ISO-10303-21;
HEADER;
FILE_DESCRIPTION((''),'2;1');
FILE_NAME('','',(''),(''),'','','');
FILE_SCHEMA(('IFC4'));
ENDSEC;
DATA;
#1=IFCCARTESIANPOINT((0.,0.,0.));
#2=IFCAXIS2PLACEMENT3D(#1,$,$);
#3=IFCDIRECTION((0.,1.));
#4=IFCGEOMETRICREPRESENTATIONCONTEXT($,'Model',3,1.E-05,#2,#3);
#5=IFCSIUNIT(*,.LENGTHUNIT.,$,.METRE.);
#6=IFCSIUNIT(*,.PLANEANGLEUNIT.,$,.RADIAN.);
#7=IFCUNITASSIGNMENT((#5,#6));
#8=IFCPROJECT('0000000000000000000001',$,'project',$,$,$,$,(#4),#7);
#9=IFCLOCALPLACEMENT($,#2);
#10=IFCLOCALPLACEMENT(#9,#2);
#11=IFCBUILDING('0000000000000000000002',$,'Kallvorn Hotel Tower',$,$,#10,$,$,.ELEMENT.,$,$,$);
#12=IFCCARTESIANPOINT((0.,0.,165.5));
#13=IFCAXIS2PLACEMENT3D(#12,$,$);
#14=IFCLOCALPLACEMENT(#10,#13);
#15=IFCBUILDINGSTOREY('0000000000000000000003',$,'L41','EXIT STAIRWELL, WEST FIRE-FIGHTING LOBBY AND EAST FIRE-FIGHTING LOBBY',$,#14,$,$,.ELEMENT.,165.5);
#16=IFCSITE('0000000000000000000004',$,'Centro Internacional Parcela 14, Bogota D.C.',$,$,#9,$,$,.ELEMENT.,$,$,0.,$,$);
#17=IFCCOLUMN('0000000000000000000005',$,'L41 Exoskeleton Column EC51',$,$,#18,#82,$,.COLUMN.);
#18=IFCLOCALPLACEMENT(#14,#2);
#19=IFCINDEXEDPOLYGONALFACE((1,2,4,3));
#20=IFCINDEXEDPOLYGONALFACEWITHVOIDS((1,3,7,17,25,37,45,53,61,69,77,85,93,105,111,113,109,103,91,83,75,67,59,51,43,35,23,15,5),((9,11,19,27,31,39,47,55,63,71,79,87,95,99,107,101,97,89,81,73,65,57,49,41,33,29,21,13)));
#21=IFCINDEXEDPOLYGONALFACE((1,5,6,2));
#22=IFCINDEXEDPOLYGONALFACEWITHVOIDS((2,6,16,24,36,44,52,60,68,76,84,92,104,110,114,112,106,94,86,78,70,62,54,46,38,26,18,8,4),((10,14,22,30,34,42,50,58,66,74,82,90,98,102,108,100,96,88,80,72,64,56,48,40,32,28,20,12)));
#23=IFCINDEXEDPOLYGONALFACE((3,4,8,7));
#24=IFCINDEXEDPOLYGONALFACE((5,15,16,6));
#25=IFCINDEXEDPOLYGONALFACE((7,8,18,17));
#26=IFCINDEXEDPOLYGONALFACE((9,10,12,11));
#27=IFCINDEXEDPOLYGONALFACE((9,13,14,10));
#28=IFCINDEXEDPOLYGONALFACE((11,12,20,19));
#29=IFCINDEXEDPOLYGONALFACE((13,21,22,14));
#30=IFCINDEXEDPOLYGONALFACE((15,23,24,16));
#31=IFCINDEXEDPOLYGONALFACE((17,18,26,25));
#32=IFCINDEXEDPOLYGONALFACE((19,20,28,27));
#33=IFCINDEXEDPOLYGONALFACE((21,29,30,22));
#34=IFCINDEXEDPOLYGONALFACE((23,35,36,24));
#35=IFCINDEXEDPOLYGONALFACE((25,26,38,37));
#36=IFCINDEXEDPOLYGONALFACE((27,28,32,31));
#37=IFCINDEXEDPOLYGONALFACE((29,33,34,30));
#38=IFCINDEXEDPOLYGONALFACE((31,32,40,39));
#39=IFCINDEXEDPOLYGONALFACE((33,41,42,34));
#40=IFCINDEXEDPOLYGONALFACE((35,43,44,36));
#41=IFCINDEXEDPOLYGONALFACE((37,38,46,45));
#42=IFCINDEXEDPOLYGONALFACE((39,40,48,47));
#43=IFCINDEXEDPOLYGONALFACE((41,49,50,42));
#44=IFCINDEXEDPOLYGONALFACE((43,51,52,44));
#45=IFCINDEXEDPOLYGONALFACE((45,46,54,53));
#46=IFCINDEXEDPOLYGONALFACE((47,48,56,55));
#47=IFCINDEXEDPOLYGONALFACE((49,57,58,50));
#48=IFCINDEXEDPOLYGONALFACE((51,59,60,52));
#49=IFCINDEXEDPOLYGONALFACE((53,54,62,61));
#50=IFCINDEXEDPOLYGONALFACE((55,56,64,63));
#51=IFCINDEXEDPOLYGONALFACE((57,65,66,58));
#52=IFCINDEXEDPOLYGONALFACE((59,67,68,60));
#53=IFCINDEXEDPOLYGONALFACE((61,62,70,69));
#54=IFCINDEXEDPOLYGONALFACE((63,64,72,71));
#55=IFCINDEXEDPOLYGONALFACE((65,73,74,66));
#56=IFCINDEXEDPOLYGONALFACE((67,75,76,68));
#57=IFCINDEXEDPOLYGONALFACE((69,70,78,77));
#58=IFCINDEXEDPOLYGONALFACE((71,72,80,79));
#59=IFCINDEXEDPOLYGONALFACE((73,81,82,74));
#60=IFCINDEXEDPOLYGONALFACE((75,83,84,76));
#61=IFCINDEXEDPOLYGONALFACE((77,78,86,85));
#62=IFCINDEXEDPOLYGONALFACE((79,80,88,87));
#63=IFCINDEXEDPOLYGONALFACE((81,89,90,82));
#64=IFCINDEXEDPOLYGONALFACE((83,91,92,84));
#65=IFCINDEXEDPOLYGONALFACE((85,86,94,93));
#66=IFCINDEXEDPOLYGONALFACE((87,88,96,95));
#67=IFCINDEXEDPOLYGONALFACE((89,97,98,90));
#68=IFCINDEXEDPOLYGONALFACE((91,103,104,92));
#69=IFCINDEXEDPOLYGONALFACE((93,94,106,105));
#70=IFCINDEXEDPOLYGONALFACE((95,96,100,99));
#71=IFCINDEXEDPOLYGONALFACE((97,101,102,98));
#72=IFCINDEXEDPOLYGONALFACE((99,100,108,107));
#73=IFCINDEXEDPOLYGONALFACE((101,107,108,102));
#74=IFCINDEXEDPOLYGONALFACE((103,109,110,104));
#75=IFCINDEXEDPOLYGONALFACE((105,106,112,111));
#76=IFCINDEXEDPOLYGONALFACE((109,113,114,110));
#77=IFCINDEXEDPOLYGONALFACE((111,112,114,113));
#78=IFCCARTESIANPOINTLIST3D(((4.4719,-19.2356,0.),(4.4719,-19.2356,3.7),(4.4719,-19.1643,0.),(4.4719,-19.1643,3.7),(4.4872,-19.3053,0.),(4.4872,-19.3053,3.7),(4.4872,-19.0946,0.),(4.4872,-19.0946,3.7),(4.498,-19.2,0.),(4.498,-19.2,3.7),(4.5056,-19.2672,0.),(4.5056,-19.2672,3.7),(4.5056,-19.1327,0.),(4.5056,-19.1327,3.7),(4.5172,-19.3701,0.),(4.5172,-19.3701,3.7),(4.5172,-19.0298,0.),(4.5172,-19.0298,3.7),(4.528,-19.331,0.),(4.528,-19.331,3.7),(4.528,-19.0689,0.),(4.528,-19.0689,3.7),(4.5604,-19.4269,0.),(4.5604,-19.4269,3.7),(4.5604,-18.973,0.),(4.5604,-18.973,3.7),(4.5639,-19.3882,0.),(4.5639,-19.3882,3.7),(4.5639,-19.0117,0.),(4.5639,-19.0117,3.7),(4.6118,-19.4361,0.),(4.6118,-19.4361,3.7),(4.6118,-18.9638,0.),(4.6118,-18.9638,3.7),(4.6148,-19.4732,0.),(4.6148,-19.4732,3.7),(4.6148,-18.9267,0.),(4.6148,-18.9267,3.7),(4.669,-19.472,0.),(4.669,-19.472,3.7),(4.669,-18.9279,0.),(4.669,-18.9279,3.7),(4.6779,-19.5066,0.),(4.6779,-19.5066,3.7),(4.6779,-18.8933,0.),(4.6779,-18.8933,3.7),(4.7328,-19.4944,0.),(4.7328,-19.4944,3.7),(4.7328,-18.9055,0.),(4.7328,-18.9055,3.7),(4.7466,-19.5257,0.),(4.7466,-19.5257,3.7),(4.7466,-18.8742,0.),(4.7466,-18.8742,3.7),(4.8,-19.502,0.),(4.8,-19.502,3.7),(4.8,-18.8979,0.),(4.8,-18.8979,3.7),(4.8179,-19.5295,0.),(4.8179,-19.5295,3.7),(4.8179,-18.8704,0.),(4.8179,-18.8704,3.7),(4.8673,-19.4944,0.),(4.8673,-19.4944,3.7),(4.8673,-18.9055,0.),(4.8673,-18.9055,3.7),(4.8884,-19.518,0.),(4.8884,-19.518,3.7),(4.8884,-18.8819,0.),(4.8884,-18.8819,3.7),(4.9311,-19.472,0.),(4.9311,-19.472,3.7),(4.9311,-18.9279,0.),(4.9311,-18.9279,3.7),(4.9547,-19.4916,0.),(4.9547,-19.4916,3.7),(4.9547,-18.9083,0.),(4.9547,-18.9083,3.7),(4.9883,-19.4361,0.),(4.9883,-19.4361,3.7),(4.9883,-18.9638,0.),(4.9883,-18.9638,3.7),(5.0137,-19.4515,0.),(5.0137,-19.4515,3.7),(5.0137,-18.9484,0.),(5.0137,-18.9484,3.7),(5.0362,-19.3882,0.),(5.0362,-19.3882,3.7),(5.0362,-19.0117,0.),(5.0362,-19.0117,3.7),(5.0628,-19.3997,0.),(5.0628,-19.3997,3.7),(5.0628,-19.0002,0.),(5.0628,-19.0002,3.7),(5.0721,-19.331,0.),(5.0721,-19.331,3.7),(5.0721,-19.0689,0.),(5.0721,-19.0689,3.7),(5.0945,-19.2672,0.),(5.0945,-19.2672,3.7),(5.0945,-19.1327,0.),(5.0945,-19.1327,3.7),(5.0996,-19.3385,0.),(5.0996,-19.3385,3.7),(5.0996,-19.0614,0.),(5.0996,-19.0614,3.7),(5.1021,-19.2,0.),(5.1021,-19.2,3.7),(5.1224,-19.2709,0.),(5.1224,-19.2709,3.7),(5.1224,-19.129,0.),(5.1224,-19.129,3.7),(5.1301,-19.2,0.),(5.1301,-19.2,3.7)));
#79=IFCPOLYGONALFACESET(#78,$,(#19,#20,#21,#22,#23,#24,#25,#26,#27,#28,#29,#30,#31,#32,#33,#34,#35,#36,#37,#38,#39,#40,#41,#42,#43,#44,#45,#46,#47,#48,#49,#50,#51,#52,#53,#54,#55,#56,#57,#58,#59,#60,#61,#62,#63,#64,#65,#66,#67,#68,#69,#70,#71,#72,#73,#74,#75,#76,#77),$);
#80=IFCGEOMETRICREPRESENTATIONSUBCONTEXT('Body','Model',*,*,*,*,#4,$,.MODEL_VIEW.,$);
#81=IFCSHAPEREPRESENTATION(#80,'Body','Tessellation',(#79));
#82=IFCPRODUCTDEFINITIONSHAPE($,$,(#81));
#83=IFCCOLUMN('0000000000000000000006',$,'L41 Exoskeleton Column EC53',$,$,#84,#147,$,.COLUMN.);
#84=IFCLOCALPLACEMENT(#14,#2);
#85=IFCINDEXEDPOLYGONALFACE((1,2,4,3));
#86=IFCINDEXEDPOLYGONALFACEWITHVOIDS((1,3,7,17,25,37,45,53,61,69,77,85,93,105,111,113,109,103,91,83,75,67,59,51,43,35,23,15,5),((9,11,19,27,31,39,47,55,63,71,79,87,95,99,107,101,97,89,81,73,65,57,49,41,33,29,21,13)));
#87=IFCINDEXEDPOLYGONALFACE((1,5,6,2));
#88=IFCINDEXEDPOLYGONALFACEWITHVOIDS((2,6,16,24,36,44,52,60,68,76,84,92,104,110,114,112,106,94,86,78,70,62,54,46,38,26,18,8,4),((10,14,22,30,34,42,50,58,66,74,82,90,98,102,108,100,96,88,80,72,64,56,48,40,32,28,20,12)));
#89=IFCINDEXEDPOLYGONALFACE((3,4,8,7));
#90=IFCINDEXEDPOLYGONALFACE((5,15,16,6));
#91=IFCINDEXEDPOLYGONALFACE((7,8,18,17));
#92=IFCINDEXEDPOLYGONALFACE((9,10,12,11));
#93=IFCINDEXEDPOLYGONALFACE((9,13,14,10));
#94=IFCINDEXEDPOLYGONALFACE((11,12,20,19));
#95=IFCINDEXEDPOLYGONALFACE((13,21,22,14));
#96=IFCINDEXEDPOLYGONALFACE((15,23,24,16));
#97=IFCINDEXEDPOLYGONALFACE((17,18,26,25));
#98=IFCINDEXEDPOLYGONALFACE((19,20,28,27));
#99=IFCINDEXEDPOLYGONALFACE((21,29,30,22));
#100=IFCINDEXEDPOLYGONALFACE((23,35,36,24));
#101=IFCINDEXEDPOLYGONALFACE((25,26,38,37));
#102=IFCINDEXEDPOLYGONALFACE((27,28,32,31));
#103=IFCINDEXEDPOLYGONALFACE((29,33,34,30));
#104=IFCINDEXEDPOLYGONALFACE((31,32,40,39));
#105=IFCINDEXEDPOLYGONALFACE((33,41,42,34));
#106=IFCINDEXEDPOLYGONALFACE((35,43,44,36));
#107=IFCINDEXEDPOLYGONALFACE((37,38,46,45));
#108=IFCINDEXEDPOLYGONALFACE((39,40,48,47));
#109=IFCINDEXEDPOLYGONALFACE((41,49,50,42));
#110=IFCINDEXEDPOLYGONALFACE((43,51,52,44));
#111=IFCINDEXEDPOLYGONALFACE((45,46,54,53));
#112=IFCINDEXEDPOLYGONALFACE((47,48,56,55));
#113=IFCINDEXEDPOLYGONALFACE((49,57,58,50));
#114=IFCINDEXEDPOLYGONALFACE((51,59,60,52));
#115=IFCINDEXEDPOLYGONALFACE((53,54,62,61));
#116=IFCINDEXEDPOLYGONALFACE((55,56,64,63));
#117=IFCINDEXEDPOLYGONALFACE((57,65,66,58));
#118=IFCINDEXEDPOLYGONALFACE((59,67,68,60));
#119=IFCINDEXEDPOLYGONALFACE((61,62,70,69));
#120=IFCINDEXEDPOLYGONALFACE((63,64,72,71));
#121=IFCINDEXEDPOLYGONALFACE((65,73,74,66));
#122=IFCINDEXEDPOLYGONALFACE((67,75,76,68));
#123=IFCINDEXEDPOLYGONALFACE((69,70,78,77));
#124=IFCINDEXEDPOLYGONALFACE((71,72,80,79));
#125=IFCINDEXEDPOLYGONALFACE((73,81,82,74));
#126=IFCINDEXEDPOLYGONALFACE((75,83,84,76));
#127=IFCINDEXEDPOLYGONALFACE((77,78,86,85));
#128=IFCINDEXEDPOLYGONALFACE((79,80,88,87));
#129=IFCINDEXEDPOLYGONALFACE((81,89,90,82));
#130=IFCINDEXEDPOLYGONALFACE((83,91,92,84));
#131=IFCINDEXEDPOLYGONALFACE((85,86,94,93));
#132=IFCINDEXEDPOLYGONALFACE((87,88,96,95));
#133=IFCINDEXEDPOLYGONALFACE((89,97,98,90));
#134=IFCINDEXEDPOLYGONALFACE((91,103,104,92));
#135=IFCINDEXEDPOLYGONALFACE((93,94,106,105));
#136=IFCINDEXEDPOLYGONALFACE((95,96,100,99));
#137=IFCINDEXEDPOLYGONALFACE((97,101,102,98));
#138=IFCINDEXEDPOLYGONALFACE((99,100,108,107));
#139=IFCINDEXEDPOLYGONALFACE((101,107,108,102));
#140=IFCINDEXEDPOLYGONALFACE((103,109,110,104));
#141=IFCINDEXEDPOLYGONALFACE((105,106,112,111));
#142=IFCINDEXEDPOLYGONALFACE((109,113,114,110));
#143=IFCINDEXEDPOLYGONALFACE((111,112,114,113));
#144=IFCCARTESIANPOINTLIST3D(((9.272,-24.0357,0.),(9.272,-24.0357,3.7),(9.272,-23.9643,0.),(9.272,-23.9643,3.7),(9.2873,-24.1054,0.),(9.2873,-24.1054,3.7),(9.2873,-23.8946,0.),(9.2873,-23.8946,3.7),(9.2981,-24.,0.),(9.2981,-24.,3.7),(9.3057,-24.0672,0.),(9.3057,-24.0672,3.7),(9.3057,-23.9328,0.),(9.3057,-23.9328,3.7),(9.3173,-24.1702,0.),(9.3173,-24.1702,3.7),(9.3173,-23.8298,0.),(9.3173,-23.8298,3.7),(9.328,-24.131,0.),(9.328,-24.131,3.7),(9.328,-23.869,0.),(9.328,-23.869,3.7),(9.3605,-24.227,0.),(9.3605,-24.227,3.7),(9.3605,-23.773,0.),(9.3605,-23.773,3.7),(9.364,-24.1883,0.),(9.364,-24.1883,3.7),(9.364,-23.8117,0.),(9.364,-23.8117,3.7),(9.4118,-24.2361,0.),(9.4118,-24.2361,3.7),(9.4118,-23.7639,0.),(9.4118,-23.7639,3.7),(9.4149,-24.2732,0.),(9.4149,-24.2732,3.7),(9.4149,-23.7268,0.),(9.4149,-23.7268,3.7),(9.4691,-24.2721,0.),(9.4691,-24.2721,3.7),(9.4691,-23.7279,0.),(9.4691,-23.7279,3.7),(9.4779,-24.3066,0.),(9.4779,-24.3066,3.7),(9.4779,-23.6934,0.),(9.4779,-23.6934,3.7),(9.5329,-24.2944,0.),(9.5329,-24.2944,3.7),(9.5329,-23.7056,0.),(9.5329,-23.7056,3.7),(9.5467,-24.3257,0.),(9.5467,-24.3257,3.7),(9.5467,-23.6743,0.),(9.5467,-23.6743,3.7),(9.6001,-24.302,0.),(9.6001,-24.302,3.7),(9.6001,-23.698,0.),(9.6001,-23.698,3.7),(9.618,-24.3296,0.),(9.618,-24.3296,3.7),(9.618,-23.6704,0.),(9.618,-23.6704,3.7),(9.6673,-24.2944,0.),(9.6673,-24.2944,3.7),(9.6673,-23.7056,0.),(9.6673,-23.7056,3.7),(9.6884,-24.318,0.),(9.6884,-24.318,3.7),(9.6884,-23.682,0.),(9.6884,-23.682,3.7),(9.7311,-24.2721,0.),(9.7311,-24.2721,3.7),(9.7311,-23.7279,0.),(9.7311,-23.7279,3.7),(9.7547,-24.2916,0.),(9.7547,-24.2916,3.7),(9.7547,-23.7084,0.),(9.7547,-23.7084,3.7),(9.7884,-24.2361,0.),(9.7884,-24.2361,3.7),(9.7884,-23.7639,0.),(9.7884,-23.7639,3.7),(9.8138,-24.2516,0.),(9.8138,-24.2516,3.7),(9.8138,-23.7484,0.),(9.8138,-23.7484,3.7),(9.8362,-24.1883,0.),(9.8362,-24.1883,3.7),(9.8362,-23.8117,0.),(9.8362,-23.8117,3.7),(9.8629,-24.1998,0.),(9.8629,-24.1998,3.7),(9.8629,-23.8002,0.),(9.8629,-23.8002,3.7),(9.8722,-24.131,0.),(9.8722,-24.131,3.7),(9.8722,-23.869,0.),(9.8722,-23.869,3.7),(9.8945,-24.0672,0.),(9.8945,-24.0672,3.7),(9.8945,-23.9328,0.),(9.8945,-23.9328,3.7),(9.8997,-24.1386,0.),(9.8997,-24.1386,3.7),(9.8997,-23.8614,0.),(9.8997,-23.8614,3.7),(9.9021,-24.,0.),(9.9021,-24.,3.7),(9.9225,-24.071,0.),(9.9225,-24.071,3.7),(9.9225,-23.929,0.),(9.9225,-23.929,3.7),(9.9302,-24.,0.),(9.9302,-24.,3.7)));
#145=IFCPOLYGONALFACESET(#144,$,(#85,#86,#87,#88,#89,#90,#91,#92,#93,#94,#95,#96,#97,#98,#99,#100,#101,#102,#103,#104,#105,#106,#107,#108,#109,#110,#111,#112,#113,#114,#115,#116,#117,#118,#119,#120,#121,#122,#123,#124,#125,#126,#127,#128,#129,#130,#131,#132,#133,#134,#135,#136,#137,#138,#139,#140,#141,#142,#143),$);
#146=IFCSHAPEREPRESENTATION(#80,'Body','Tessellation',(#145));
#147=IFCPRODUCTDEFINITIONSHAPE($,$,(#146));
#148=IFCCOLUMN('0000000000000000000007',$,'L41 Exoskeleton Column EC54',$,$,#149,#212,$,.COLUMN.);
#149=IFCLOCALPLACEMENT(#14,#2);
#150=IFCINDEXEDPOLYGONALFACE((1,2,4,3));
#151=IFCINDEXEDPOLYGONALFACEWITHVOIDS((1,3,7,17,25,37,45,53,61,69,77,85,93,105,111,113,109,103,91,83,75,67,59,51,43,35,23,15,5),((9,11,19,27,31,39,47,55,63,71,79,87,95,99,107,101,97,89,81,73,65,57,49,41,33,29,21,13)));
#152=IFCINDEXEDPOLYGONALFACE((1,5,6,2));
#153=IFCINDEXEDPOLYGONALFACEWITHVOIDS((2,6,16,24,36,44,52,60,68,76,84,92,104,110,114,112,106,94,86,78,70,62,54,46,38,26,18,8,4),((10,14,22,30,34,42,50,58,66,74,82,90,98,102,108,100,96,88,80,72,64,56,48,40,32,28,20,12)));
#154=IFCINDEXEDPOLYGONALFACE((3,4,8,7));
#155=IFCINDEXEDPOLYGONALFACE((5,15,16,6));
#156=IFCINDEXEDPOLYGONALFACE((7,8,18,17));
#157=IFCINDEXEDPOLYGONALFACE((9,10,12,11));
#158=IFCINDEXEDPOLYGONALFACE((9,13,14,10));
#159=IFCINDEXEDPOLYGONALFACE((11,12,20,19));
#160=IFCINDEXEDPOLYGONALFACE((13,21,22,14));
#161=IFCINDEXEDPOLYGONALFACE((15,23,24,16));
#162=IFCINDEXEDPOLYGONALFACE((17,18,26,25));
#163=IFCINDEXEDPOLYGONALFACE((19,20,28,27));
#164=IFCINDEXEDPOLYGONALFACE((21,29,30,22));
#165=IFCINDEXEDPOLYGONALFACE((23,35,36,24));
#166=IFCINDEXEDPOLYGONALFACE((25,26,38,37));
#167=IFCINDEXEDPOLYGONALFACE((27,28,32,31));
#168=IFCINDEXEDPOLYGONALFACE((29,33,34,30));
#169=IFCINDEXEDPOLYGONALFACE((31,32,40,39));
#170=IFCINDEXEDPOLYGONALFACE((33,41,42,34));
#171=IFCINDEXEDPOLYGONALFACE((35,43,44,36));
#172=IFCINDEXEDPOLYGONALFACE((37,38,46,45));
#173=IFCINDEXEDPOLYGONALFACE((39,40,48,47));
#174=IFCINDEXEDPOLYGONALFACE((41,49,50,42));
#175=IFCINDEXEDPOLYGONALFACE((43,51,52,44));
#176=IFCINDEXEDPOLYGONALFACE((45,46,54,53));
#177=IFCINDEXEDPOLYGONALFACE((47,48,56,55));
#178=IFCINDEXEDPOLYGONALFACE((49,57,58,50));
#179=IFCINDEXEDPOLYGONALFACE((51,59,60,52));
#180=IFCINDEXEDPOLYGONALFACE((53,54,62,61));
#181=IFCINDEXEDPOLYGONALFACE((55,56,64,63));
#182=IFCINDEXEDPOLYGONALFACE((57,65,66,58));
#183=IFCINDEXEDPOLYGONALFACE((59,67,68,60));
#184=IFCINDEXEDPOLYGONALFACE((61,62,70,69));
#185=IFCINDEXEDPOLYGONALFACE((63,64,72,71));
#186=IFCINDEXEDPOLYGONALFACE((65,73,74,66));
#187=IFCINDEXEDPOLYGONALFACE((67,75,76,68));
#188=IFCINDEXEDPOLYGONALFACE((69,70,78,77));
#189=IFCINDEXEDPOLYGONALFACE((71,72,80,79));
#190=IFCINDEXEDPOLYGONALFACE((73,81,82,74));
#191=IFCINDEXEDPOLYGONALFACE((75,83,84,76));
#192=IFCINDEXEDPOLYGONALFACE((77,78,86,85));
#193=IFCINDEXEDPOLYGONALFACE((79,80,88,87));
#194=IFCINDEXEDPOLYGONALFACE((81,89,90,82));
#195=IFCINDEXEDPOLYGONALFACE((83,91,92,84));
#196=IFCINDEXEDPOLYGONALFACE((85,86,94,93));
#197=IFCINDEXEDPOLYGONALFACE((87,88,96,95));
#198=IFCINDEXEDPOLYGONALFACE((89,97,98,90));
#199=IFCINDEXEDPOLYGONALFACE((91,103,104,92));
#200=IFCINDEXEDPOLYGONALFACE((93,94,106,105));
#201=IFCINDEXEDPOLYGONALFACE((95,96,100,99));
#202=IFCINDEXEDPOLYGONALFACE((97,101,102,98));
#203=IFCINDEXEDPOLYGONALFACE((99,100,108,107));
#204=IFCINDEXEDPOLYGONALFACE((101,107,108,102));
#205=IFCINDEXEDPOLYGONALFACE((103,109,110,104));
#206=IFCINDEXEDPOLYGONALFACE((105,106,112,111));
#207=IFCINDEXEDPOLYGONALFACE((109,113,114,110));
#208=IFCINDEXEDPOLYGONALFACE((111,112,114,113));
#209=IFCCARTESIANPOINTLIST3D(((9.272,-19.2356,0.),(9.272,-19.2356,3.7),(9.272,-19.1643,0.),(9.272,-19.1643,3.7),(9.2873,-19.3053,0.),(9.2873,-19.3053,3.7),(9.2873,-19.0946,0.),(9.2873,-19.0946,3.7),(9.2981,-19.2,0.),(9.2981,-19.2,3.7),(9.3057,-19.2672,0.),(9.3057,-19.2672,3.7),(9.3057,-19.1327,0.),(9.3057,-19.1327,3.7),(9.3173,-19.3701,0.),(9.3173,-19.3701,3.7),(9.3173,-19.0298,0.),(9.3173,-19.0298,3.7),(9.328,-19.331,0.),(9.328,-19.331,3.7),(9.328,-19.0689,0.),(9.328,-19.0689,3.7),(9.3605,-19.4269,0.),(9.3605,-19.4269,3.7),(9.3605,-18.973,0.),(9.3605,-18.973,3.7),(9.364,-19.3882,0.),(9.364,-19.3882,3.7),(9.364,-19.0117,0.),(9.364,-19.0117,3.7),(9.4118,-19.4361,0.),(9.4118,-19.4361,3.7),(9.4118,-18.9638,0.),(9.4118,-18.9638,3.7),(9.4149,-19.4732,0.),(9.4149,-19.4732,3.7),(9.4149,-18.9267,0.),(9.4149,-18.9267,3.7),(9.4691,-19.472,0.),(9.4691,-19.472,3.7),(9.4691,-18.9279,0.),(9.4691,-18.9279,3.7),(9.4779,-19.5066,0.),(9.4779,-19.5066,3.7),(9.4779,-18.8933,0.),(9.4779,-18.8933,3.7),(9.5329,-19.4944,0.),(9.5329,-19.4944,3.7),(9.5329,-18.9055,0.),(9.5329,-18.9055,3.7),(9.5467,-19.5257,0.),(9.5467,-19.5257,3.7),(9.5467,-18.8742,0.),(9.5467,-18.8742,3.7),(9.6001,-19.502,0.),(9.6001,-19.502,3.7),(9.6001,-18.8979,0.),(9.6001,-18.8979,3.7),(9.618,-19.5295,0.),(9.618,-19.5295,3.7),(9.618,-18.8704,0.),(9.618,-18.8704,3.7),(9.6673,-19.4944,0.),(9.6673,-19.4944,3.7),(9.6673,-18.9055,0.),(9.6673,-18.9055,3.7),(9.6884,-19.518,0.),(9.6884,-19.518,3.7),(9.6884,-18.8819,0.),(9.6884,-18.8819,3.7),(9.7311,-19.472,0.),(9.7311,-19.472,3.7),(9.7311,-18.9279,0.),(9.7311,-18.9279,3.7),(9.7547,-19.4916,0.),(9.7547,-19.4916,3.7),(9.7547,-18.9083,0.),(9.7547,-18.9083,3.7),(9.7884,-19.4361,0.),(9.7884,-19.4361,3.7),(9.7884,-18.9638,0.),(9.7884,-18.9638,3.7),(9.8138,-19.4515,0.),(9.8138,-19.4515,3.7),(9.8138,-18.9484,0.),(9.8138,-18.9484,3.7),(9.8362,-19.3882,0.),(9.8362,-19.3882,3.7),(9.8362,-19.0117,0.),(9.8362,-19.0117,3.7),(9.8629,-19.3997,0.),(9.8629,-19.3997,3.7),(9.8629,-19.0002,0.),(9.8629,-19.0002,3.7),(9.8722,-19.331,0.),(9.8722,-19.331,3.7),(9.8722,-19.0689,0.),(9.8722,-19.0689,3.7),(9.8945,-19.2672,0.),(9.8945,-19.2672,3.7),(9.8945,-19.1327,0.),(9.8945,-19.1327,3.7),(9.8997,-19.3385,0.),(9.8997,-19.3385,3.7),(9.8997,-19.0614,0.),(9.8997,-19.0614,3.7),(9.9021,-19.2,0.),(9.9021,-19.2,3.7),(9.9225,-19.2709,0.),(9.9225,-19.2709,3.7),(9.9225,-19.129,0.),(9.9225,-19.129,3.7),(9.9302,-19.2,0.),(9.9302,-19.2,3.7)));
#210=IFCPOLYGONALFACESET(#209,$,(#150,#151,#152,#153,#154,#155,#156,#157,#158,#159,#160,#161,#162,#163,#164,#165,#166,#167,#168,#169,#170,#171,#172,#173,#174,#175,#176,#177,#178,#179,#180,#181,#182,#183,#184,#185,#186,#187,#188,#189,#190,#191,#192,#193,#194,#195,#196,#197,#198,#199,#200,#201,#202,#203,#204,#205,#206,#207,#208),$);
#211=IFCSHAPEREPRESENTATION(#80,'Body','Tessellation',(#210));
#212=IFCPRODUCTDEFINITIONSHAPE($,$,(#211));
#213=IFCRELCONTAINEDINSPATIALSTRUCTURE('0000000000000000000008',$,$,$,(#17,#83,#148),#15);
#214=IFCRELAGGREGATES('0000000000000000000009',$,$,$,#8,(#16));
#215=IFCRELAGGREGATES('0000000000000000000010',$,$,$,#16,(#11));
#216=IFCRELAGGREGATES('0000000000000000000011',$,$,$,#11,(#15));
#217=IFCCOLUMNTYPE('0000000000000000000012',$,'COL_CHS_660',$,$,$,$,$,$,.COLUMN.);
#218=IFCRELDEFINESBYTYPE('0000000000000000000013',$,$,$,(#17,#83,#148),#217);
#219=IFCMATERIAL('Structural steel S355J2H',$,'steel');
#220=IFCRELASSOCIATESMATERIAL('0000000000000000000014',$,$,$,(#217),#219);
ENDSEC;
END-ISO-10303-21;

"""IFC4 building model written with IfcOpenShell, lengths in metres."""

from ifc_helpers import new_model, si_unit, direction, frame, origin, origin_2d, place, context, subcontext, project, spatial, hollow_circle, extrude, material, material_profile, profile_set, type_object, element, save


model = new_model("IFC4")

# Units and contexts
model_context = context("Model", 3, precision=1e-05, world=origin(), true_north=direction((0.0, 1.0)))
body_context = subcontext(model_context, "Body", "Model", "MODEL_VIEW")
ifc_project = project(units=[si_unit("LENGTHUNIT", "METRE"), si_unit("PLANEANGLEUNIT", "RADIAN")], contexts=[model_context])

# Site, building, storey
site_placement = place(None, origin())
site = spatial("IfcSite", under=ifc_project, at=site_placement, Name="Centro Internacional Parcela 14, Bogota D.C.", CompositionType="ELEMENT", RefElevation=0.0)
building_placement = place(site_placement, origin())
building = spatial("IfcBuilding", under=site, at=building_placement, Name="Kallvorn Hotel Tower", CompositionType="ELEMENT")
storey_placement = place(building_placement, frame((0.0, 0.0, 165.5)))
storey = spatial("IfcBuildingStorey", under=building, at=storey_placement, Name="L41", Description="EXIT STAIRWELL, WEST FIRE-FIGHTING LOBBY AND EAST FIRE-FIGHTING LOBBY", CompositionType="ELEMENT", Elevation=165.5)

# Columns
ifc_material_1 = material(Name="Structural steel S355J2H", Category="steel")
ifc_material_profile_1 = material_profile(ifc_material_1, hollow_circle(Radius=0.3301, WallThickness=0.0281, at=origin_2d()), Name="CHS 660x28")
ifc_profile_set_1 = profile_set([ifc_material_profile_1], Name="Structural steel S355J2H")
column_type_1 = type_object("IfcColumnType", Name="COL_CHS_660", PredefinedType="COLUMN", material=ifc_profile_set_1)
for number, where, z_axis, x_axis, name in (
    (1, (4.8, -19.2, 0.0), (0.0, 0.0, 1.0), (1.0, 0.0, 0.0), "L41 Exoskeleton Column EC51"),
    (2, (9.6001, -24.0, 0.0), (0.0, 0.0, 1.0), (1.0, 0.0, 0.0), "L41 Exoskeleton Column EC53"),
    (3, (9.6001, -19.2, 0.0), (0.0, 0.0, 1.0), (1.0, 0.0, 0.0), "L41 Exoskeleton Column EC54"),
):
    element("IfcColumn", number, at=place(storey_placement, frame(where, z_axis=z_axis, x_axis=x_axis)), inside=storey, type_object=column_type_1, Name=name, PredefinedType="COLUMN", context=body_context, shape_type="SweptSolid", body=[
        extrude(hollow_circle(Radius=0.3301, WallThickness=0.0281, at=origin_2d()), origin(), (0.0, 0.0, 1.0), 3.7),
    ])

save(model, "model.ifc")
